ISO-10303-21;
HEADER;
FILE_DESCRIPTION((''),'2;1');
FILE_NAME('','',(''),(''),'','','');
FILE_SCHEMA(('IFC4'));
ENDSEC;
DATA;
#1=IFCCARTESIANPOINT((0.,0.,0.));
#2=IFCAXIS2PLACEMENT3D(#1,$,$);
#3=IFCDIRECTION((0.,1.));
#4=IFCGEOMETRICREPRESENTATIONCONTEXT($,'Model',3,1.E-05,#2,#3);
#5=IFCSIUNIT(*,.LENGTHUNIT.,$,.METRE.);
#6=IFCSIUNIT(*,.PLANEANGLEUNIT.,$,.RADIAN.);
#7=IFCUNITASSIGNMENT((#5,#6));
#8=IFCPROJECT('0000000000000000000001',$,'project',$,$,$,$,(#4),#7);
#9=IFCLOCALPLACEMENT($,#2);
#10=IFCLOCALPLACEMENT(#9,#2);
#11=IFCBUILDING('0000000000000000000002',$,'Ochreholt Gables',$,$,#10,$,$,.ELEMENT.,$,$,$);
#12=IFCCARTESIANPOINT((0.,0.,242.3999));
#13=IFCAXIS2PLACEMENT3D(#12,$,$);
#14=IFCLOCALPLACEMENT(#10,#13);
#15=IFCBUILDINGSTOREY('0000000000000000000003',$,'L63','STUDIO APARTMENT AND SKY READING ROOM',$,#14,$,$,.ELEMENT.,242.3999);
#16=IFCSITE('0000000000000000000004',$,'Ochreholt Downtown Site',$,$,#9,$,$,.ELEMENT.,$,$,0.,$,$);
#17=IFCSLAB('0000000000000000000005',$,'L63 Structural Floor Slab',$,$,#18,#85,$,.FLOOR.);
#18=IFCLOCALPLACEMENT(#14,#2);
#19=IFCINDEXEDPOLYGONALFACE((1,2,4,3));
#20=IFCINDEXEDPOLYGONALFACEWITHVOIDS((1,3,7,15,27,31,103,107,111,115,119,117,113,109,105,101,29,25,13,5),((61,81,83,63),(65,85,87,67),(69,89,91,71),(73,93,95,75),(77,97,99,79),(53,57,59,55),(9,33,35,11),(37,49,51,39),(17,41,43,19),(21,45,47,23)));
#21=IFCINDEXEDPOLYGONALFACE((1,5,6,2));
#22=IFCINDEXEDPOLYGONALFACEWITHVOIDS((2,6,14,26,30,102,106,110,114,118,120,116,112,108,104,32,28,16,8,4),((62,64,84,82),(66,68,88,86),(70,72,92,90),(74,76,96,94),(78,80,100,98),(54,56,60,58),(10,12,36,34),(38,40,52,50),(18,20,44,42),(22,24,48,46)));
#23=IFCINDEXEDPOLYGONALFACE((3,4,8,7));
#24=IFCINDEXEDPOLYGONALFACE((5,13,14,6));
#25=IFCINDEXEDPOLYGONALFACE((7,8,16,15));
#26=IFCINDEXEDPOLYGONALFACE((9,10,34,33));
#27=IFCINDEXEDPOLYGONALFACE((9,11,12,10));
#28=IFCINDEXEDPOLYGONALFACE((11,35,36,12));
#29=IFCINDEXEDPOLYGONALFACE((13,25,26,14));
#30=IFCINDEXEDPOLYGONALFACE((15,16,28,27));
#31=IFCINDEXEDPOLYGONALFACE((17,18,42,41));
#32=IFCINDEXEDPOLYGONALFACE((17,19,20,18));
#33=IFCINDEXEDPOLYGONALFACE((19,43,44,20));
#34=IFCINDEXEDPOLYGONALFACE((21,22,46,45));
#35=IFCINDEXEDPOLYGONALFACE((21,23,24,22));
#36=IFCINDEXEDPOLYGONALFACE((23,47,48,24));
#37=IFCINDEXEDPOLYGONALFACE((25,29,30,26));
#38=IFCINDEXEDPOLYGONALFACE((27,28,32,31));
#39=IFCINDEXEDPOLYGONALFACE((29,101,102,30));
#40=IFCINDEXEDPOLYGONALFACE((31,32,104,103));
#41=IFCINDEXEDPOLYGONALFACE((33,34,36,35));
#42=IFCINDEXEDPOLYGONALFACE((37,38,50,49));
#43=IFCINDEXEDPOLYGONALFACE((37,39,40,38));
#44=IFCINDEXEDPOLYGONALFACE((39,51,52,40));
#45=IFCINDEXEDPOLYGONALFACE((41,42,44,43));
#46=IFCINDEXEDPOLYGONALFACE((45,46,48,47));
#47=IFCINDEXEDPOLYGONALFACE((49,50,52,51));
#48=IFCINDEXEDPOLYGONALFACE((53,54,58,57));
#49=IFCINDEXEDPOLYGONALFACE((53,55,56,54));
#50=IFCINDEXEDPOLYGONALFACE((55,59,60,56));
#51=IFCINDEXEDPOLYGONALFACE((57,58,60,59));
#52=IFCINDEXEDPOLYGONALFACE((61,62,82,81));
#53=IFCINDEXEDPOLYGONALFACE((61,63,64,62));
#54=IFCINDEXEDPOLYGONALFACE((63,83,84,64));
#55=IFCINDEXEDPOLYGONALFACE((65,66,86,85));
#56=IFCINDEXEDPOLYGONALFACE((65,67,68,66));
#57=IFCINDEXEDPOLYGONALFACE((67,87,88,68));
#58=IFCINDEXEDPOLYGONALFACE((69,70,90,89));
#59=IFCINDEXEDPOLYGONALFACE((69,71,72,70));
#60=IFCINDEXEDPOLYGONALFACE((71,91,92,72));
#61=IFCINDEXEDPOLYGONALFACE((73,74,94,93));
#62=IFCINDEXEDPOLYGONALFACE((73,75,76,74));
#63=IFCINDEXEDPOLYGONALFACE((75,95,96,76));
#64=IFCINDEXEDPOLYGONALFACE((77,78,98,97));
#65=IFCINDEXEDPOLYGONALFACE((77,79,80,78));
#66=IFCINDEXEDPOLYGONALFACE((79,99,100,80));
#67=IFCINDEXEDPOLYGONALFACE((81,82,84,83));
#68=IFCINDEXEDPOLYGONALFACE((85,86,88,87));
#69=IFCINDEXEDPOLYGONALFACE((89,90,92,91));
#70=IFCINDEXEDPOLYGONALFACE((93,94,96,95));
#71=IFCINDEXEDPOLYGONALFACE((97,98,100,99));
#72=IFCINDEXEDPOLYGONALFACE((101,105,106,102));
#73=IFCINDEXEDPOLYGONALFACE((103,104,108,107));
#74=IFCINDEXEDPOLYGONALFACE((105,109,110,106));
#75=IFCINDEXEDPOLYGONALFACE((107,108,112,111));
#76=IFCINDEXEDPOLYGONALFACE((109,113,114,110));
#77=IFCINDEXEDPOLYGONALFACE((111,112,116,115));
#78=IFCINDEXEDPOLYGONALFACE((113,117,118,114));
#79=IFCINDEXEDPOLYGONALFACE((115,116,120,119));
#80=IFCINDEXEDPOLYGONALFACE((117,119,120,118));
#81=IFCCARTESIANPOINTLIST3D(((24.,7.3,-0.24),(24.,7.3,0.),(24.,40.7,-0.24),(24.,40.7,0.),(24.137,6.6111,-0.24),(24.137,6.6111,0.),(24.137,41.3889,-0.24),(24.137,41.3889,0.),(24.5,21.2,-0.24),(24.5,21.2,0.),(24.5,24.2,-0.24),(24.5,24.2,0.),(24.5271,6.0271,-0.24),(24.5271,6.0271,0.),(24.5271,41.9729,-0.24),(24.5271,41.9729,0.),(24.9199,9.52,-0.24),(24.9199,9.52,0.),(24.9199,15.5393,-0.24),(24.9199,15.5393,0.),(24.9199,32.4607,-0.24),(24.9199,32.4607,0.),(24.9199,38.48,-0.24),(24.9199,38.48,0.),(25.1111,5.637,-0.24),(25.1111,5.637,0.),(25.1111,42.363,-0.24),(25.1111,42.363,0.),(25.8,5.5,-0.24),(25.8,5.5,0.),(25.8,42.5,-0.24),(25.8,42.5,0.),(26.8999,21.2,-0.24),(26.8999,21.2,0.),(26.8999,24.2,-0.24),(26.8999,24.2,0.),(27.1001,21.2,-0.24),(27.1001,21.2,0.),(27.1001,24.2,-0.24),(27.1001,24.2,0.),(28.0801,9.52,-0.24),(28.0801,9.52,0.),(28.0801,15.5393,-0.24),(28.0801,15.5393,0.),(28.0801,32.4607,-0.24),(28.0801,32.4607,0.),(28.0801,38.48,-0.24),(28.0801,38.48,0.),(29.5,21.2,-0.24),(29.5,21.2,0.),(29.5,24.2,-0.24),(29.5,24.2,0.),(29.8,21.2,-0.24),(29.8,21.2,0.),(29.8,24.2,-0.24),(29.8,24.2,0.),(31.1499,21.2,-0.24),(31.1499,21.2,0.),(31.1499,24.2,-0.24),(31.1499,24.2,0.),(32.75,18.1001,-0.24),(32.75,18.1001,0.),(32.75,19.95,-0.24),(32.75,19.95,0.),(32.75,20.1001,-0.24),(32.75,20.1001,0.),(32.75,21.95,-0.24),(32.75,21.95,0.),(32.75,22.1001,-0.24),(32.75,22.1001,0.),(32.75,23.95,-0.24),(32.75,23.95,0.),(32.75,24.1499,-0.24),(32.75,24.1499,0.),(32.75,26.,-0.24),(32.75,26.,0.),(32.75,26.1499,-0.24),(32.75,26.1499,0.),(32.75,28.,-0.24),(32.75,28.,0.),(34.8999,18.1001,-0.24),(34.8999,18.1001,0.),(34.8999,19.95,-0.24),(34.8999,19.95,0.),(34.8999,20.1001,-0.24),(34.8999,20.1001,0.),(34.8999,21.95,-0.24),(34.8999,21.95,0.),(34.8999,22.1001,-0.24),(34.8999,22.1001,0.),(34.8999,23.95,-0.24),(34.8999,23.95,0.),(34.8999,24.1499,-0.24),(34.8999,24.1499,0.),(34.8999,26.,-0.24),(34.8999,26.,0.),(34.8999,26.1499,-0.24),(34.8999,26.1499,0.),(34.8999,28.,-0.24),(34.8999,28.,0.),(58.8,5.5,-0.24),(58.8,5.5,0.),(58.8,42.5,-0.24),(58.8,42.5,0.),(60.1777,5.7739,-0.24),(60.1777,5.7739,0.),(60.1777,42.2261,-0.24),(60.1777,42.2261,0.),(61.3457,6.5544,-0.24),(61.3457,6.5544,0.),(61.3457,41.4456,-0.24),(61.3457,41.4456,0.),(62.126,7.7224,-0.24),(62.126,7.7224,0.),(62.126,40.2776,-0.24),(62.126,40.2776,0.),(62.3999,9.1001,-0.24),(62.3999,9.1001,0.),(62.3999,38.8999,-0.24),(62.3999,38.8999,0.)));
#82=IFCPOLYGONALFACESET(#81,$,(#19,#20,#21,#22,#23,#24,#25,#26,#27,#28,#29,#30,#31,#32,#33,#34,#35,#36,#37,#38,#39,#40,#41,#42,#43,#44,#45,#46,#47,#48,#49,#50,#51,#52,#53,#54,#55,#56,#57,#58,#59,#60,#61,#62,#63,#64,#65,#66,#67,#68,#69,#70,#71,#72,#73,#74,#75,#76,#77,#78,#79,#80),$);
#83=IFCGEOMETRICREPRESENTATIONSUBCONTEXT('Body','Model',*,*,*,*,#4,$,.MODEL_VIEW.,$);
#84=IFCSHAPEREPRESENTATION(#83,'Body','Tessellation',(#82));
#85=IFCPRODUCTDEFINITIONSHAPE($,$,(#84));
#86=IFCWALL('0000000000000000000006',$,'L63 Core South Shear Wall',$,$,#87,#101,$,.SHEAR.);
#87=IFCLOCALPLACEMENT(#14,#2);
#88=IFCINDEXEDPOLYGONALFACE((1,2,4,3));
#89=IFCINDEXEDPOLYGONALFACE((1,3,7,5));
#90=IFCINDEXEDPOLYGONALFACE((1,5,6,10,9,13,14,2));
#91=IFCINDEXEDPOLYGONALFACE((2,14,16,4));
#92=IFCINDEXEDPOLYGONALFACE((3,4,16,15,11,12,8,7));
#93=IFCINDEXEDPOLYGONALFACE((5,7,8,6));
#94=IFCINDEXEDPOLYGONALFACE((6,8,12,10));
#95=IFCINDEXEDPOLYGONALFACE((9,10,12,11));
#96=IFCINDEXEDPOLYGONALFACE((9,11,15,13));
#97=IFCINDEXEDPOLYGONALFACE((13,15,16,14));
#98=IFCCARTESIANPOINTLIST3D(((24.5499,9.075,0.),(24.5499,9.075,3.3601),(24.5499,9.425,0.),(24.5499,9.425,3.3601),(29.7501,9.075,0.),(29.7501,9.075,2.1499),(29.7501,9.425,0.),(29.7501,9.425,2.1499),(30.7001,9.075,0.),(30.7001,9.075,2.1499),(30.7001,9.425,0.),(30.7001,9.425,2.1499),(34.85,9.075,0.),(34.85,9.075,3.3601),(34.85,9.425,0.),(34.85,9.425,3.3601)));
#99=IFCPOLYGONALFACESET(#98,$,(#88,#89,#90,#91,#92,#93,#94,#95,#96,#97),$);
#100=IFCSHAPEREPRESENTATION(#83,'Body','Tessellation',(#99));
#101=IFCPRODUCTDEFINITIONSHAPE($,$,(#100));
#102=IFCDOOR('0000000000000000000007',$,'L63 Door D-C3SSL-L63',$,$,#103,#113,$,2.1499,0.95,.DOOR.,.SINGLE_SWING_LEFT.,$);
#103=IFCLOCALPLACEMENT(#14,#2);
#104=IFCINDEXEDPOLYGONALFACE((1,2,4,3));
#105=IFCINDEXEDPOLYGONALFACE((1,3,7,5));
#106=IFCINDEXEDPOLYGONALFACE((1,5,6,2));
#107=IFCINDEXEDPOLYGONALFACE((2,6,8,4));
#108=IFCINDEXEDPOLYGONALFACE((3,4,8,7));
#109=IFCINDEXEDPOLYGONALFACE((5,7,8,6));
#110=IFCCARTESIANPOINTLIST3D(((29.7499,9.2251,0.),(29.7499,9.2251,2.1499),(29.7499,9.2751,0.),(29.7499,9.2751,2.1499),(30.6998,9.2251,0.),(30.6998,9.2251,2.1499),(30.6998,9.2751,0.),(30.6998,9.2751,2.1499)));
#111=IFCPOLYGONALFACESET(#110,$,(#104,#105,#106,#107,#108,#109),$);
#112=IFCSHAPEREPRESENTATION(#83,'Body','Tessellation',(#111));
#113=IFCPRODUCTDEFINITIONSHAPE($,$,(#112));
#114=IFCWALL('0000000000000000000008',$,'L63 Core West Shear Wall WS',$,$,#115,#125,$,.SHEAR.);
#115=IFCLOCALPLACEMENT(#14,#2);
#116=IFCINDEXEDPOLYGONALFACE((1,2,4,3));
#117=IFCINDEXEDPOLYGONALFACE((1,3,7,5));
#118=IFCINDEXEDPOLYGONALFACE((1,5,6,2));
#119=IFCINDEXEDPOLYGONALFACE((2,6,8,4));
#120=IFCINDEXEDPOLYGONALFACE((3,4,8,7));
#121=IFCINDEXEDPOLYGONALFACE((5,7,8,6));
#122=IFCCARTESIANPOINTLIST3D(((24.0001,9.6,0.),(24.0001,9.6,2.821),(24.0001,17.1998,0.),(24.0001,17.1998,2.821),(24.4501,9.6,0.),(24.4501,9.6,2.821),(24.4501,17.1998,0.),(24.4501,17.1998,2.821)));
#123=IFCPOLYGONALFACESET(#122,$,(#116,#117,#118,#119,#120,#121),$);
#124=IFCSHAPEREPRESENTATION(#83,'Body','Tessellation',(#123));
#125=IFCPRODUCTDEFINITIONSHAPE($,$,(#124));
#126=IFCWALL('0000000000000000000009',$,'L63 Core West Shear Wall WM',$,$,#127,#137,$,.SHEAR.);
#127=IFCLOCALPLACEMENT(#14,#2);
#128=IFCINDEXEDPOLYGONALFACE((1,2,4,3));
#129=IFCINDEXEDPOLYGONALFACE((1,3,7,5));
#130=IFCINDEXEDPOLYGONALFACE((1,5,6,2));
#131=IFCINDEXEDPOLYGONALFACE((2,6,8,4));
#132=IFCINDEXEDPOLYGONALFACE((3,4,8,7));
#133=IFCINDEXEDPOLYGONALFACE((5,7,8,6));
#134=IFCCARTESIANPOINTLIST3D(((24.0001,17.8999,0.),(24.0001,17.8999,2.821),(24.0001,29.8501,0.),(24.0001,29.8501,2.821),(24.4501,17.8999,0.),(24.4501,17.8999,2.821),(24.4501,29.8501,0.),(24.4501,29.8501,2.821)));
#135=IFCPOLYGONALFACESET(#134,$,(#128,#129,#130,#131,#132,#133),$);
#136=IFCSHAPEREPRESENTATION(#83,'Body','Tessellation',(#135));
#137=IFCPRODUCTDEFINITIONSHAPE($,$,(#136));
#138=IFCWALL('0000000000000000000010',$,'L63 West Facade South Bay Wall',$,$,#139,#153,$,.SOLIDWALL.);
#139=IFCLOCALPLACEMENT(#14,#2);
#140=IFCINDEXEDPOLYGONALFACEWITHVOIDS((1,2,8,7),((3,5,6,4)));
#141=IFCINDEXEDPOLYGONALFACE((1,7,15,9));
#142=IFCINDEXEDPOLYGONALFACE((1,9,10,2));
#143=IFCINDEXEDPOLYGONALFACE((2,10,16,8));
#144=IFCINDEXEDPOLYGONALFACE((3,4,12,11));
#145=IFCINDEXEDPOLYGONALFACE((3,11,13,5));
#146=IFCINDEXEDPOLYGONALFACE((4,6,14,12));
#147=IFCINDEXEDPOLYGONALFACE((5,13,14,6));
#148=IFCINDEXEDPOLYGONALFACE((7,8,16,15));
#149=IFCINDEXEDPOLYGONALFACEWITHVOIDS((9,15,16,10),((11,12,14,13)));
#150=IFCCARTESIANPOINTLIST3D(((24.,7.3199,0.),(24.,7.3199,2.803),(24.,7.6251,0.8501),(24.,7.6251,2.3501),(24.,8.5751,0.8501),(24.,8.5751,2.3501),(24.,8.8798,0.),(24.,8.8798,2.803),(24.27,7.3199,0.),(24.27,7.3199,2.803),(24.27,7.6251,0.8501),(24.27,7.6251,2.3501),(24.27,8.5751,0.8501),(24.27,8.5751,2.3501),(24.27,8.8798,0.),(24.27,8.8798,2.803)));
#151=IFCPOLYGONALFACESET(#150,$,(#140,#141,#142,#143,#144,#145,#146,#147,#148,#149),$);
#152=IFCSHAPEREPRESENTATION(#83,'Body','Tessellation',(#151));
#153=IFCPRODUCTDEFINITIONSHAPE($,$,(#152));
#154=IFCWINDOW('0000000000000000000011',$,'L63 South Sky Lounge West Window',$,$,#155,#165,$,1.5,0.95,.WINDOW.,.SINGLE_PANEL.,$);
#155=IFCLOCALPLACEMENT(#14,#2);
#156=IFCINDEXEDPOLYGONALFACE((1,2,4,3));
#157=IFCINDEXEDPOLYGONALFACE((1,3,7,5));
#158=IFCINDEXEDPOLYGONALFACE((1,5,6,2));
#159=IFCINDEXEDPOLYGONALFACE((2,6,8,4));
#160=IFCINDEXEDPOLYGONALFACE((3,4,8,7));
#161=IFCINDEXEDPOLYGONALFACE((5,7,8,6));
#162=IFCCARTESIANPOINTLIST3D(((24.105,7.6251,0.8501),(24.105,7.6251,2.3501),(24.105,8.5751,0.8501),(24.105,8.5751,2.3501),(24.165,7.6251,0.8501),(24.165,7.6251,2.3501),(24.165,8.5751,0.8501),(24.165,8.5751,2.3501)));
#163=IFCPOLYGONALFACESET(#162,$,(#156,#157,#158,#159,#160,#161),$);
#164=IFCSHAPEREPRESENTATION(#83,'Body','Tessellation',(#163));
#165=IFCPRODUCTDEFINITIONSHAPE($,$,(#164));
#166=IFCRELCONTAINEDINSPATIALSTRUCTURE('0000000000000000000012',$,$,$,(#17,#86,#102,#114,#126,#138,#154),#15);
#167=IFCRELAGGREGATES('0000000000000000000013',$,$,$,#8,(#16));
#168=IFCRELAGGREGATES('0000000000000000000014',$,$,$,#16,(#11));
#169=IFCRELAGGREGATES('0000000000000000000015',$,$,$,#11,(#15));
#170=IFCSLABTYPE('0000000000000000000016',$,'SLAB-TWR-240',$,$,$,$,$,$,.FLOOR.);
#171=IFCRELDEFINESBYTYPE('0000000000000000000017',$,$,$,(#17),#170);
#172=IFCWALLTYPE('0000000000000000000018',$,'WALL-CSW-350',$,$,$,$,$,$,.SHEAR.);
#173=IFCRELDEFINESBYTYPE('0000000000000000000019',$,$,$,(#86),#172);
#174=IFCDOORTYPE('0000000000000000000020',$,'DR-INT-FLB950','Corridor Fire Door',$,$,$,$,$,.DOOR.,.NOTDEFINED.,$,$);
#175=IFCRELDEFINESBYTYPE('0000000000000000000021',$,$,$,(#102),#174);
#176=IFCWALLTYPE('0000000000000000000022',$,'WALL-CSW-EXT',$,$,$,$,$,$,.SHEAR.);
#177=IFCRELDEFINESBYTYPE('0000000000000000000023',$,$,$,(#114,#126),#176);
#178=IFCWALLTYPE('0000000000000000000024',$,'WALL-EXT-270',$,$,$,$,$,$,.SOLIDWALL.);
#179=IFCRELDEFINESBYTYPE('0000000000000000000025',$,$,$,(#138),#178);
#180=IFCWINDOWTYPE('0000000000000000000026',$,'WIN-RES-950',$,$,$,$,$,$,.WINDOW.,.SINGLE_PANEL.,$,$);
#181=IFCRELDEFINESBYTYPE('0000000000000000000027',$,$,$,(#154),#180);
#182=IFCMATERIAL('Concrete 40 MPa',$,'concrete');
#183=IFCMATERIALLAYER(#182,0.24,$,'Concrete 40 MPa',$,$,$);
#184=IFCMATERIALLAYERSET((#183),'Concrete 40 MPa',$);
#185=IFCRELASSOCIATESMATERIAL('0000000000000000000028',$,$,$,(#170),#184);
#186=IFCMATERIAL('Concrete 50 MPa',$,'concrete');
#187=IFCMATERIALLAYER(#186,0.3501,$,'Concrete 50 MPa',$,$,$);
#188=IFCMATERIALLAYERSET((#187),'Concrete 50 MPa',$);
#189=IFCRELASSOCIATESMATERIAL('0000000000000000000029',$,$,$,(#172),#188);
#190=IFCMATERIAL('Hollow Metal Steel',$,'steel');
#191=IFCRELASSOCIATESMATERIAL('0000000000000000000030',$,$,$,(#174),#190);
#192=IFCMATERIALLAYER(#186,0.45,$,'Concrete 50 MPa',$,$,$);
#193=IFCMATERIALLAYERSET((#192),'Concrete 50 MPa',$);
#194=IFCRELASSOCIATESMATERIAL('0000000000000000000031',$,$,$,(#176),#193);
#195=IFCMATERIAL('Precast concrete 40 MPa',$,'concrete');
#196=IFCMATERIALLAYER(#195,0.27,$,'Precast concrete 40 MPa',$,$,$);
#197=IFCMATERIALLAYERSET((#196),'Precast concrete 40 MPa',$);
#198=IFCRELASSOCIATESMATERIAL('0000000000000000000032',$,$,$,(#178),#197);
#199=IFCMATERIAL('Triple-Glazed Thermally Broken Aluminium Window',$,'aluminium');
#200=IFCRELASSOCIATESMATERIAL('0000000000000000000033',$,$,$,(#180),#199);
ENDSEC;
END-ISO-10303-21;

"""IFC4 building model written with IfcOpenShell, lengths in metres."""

from ifc_helpers import new_model, si_unit, direction, frame, frame_2d, origin, place, context, subcontext, project, spatial, polyline, rectangle, outline, extrude, material, layer, layer_set, type_object, element, fill, save


model = new_model("IFC4")

# Units and contexts
model_context = context("Model", 3, precision=1e-05, world=origin(), true_north=direction((0.0, 1.0)))
body_context = subcontext(model_context, "Body", "Model", "MODEL_VIEW")
ifc_project = project(units=[si_unit("LENGTHUNIT", "METRE"), si_unit("PLANEANGLEUNIT", "RADIAN")], contexts=[model_context])

# Site, building, storey
site_placement = place(None, origin())
site = spatial("IfcSite", under=ifc_project, at=site_placement, Name="Ochreholt Downtown Site", CompositionType="ELEMENT", RefElevation=0.0)
building_placement = place(site_placement, origin())
building = spatial("IfcBuilding", under=site, at=building_placement, Name="Ochreholt Gables", CompositionType="ELEMENT")
storey_placement = place(building_placement, frame((0.0, 0.0, 242.3999)))
storey = spatial("IfcBuildingStorey", under=building, at=storey_placement, Name="L63", Description="STUDIO APARTMENT AND SKY READING ROOM", CompositionType="ELEMENT", Elevation=242.3999)

# Shared definitions
ifc_material_1 = material(Name="Concrete 50 MPa", Category="concrete")

# Shared definitions
ifc_material_2 = material(Name="Concrete 40 MPa", Category="concrete")

# Slab
ifc_layer_1 = layer(ifc_material_2, 0.24, Name="Concrete 40 MPa")
ifc_layer_set_1 = layer_set([ifc_layer_1], Name="Concrete 40 MPa")
slab_type_1 = type_object("IfcSlabType", Name="SLAB-TWR-240", PredefinedType="FLOOR", material=ifc_layer_set_1)
slab_1_placement = place(storey_placement, frame((0.0, 0.0, -0.24)))
element("IfcSlab", 1, at=slab_1_placement, inside=storey, type_object=slab_type_1, Name="L63 Structural Floor Slab", PredefinedType="FLOOR", context=body_context, shape_type="SweptSolid", body=[
    extrude(outline(polyline([(24.0, 7.3), (24.137, 6.6111), (24.5271, 6.0271), (25.1111, 5.637), (25.8, 5.5), (58.8, 5.5), (60.1777, 5.7739), (61.3457, 6.5544), (62.126, 7.7224), (62.3999, 9.1001), (62.3999, 38.8999), (62.126, 40.2776), (61.3457, 41.4456), (60.1777, 42.2261), (58.8, 42.5), (25.8, 42.5), (25.1111, 42.363), (24.5271, 41.9729), (24.137, 41.3889), (24.0, 40.7), (24.0, 7.3)]), holes=[polyline([(24.9199, 15.5393), (24.9199, 9.52), (28.0801, 9.52), (28.0801, 15.5393), (24.9199, 15.5393)]), polyline([(28.0801, 32.4607), (28.0801, 38.48), (24.9199, 38.48), (24.9199, 32.4607), (28.0801, 32.4607)]), polyline([(24.5, 21.2), (26.8999, 21.2), (26.8999, 24.2), (24.5, 24.2), (24.5, 21.2)]), polyline([(27.1001, 21.2), (29.5, 21.2), (29.5, 24.2), (27.1001, 24.2), (27.1001, 21.2)]), polyline([(32.75, 18.1001), (34.8999, 18.1001), (34.8999, 19.95), (32.75, 19.95), (32.75, 18.1001)]), polyline([(32.75, 20.1001), (34.8999, 20.1001), (34.8999, 21.95), (32.75, 21.95), (32.75, 20.1001)]), polyline([(32.75, 22.1001), (34.8999, 22.1001), (34.8999, 23.95), (32.75, 23.95), (32.75, 22.1001)]), polyline([(32.75, 24.1499), (34.8999, 24.1499), (34.8999, 26.0), (32.75, 26.0), (32.75, 24.1499)]), polyline([(32.75, 26.1499), (34.8999, 26.1499), (34.8999, 28.0), (32.75, 28.0), (32.75, 26.1499)]), polyline([(29.8, 21.2), (31.1499, 21.2), (31.1499, 24.2), (29.8, 24.2), (29.8, 21.2)])]), origin(), (0.0, 0.0, 1.0), 0.24),
])

# Wall, opening, door
ifc_layer_2 = layer(ifc_material_1, 0.3501, Name="Concrete 50 MPa")
ifc_layer_set_2 = layer_set([ifc_layer_2], Name="Concrete 50 MPa")
wall_type_1 = type_object("IfcWallType", Name="WALL-CSW-350", PredefinedType="SHEAR", material=ifc_layer_set_2)
wall_1_placement = place(storey_placement, frame((24.55, 9.25, 0.0), z_axis=(0.0, 0.0, 1.0), x_axis=(1.0, 0.0, 0.0)))
wall_1 = element("IfcWall", 2, at=wall_1_placement, inside=storey, type_object=wall_type_1, Name="L63 Core South Shear Wall", PredefinedType="SHEAR", context=body_context, shape_type="SweptSolid", body=[
    extrude(rectangle(XDim=10.3, YDim=0.3501, at=frame_2d((5.1499, 0.0))), origin(), (0.0, 0.0, 1.0), 3.3601),
])
opening_1_placement = place(wall_1_placement, frame((5.2, 0.0, 0.0)))
opening_1 = element("IfcOpeningElement", 3, at=opening_1_placement, cuts=wall_1, PredefinedType="OPENING", context=body_context, shape_type="SweptSolid", body=[
    extrude(rectangle(XDim=0.95, YDim=2.1499, at=frame_2d((0.4751, 1.075))), frame((0.0, 0.1851, 0.0), z_axis=(0.0, -1.0, 0.0), x_axis=(1.0, 0.0, 0.0)), (0.0, 0.0, 1.0), 0.3701),
])
ifc_material_3 = material(Name="Hollow Metal Steel", Category="steel")
door_type_1 = type_object("IfcDoorType", Name="DR-INT-FLB950", Description="Corridor Fire Door", OperationType="NOTDEFINED", PredefinedType="DOOR", material=ifc_material_3)
door_1_placement = place(opening_1_placement, frame((0.95, 0.0, 0.0), z_axis=(0.0, 0.0, 1.0), x_axis=(-1.0, 0.0, 0.0)))
door_1 = element("IfcDoor", 4, at=door_1_placement, inside=storey, type_object=door_type_1, Name="L63 Door D-C3SSL-L63", OperationType="SINGLE_SWING_LEFT", OverallHeight=2.1499, OverallWidth=0.95, PredefinedType="DOOR", context=body_context, shape_type="SweptSolid", body=[
    extrude(rectangle(XDim=0.95, YDim=2.1499, at=frame_2d((0.4751, 1.075))), frame((0.0, 0.0249, 0.0), z_axis=(0.0, -1.0, 0.0), x_axis=(1.0, 0.0, 0.0)), (0.0, 0.0, 1.0), 0.05),
])
fill(opening_1, door_1)

# Walls
ifc_layer_3 = layer(ifc_material_1, 0.45, Name="Concrete 50 MPa")
ifc_layer_set_3 = layer_set([ifc_layer_3], Name="Concrete 50 MPa")
wall_type_2 = type_object("IfcWallType", Name="WALL-CSW-EXT", PredefinedType="SHEAR", material=ifc_layer_set_3)
wall_2_placement = place(storey_placement, frame((24.2251, 9.6001, 0.0), z_axis=(0.0, 0.0, 1.0), x_axis=(0.0, 1.0, 0.0)))
element("IfcWall", 5, at=wall_2_placement, inside=storey, type_object=wall_type_2, Name="L63 Core West Shear Wall WS", PredefinedType="SHEAR", context=body_context, shape_type="SweptSolid", body=[
    extrude(rectangle(XDim=7.5999, YDim=0.45, at=frame_2d((3.7998, 0.0))), origin(), (0.0, 0.0, 1.0), 2.821),
])
wall_3_placement = place(storey_placement, frame((24.2251, 17.8999, 0.0), z_axis=(0.0, 0.0, 1.0), x_axis=(0.0, 1.0, 0.0)))
element("IfcWall", 6, at=wall_3_placement, inside=storey, type_object=wall_type_2, Name="L63 Core West Shear Wall WM", PredefinedType="SHEAR", context=body_context, shape_type="SweptSolid", body=[
    extrude(rectangle(XDim=11.9502, YDim=0.45, at=frame_2d((5.9751, 0.0))), origin(), (0.0, 0.0, 1.0), 2.821),
])

# Wall, opening, window
ifc_material_4 = material(Name="Precast concrete 40 MPa", Category="concrete")
ifc_layer_4 = layer(ifc_material_4, 0.27, Name="Precast concrete 40 MPa")
ifc_layer_set_4 = layer_set([ifc_layer_4], Name="Precast concrete 40 MPa")
wall_type_3 = type_object("IfcWallType", Name="WALL-EXT-270", PredefinedType="SOLIDWALL", material=ifc_layer_set_4)
wall_4_placement = place(storey_placement, frame((24.135, 7.3201, 0.0), z_axis=(0.0, 0.0, 1.0), x_axis=(0.0, 1.0, 0.0)))
wall_4 = element("IfcWall", 7, at=wall_4_placement, inside=storey, type_object=wall_type_3, Name="L63 West Facade South Bay Wall", PredefinedType="SOLIDWALL", context=body_context, shape_type="SweptSolid", body=[
    extrude(rectangle(XDim=1.5598, YDim=0.27, at=frame_2d((0.7798, 0.0))), origin(), (0.0, 0.0, 1.0), 2.803),
])
opening_2_placement = place(wall_4_placement, frame((0.3049, 0.0, 0.8501)))
opening_2 = element("IfcOpeningElement", 8, at=opening_2_placement, cuts=wall_4, PredefinedType="OPENING", context=body_context, shape_type="SweptSolid", body=[
    extrude(rectangle(XDim=0.95, YDim=1.5, at=frame_2d((0.4751, 0.75))), frame((0.0, 0.145, 0.0), z_axis=(0.0, -1.0, 0.0), x_axis=(1.0, 0.0, 0.0)), (0.0, 0.0, 1.0), 0.29),
])
ifc_material_5 = material(Name="Triple-Glazed Thermally Broken Aluminium Window", Category="aluminium")
window_type = type_object("IfcWindowType", Name="WIN-RES-950", PartitioningType="SINGLE_PANEL", PredefinedType="WINDOW", material=ifc_material_5)
window_placement = place(opening_2_placement, origin())
window = element("IfcWindow", 9, at=window_placement, inside=storey, type_object=window_type, Name="L63 South Sky Lounge West Window", OverallHeight=1.5, OverallWidth=0.95, PartitioningType="SINGLE_PANEL", PredefinedType="WINDOW", context=body_context, shape_type="SweptSolid", body=[
    extrude(rectangle(XDim=0.95, YDim=1.5, at=frame_2d((0.4751, 0.75))), frame((0.0, 0.03, 0.0), z_axis=(0.0, -1.0, 0.0), x_axis=(1.0, 0.0, 0.0)), (0.0, 0.0, 1.0), 0.0601),
])
fill(opening_2, window)

save(model, "model.ifc")
